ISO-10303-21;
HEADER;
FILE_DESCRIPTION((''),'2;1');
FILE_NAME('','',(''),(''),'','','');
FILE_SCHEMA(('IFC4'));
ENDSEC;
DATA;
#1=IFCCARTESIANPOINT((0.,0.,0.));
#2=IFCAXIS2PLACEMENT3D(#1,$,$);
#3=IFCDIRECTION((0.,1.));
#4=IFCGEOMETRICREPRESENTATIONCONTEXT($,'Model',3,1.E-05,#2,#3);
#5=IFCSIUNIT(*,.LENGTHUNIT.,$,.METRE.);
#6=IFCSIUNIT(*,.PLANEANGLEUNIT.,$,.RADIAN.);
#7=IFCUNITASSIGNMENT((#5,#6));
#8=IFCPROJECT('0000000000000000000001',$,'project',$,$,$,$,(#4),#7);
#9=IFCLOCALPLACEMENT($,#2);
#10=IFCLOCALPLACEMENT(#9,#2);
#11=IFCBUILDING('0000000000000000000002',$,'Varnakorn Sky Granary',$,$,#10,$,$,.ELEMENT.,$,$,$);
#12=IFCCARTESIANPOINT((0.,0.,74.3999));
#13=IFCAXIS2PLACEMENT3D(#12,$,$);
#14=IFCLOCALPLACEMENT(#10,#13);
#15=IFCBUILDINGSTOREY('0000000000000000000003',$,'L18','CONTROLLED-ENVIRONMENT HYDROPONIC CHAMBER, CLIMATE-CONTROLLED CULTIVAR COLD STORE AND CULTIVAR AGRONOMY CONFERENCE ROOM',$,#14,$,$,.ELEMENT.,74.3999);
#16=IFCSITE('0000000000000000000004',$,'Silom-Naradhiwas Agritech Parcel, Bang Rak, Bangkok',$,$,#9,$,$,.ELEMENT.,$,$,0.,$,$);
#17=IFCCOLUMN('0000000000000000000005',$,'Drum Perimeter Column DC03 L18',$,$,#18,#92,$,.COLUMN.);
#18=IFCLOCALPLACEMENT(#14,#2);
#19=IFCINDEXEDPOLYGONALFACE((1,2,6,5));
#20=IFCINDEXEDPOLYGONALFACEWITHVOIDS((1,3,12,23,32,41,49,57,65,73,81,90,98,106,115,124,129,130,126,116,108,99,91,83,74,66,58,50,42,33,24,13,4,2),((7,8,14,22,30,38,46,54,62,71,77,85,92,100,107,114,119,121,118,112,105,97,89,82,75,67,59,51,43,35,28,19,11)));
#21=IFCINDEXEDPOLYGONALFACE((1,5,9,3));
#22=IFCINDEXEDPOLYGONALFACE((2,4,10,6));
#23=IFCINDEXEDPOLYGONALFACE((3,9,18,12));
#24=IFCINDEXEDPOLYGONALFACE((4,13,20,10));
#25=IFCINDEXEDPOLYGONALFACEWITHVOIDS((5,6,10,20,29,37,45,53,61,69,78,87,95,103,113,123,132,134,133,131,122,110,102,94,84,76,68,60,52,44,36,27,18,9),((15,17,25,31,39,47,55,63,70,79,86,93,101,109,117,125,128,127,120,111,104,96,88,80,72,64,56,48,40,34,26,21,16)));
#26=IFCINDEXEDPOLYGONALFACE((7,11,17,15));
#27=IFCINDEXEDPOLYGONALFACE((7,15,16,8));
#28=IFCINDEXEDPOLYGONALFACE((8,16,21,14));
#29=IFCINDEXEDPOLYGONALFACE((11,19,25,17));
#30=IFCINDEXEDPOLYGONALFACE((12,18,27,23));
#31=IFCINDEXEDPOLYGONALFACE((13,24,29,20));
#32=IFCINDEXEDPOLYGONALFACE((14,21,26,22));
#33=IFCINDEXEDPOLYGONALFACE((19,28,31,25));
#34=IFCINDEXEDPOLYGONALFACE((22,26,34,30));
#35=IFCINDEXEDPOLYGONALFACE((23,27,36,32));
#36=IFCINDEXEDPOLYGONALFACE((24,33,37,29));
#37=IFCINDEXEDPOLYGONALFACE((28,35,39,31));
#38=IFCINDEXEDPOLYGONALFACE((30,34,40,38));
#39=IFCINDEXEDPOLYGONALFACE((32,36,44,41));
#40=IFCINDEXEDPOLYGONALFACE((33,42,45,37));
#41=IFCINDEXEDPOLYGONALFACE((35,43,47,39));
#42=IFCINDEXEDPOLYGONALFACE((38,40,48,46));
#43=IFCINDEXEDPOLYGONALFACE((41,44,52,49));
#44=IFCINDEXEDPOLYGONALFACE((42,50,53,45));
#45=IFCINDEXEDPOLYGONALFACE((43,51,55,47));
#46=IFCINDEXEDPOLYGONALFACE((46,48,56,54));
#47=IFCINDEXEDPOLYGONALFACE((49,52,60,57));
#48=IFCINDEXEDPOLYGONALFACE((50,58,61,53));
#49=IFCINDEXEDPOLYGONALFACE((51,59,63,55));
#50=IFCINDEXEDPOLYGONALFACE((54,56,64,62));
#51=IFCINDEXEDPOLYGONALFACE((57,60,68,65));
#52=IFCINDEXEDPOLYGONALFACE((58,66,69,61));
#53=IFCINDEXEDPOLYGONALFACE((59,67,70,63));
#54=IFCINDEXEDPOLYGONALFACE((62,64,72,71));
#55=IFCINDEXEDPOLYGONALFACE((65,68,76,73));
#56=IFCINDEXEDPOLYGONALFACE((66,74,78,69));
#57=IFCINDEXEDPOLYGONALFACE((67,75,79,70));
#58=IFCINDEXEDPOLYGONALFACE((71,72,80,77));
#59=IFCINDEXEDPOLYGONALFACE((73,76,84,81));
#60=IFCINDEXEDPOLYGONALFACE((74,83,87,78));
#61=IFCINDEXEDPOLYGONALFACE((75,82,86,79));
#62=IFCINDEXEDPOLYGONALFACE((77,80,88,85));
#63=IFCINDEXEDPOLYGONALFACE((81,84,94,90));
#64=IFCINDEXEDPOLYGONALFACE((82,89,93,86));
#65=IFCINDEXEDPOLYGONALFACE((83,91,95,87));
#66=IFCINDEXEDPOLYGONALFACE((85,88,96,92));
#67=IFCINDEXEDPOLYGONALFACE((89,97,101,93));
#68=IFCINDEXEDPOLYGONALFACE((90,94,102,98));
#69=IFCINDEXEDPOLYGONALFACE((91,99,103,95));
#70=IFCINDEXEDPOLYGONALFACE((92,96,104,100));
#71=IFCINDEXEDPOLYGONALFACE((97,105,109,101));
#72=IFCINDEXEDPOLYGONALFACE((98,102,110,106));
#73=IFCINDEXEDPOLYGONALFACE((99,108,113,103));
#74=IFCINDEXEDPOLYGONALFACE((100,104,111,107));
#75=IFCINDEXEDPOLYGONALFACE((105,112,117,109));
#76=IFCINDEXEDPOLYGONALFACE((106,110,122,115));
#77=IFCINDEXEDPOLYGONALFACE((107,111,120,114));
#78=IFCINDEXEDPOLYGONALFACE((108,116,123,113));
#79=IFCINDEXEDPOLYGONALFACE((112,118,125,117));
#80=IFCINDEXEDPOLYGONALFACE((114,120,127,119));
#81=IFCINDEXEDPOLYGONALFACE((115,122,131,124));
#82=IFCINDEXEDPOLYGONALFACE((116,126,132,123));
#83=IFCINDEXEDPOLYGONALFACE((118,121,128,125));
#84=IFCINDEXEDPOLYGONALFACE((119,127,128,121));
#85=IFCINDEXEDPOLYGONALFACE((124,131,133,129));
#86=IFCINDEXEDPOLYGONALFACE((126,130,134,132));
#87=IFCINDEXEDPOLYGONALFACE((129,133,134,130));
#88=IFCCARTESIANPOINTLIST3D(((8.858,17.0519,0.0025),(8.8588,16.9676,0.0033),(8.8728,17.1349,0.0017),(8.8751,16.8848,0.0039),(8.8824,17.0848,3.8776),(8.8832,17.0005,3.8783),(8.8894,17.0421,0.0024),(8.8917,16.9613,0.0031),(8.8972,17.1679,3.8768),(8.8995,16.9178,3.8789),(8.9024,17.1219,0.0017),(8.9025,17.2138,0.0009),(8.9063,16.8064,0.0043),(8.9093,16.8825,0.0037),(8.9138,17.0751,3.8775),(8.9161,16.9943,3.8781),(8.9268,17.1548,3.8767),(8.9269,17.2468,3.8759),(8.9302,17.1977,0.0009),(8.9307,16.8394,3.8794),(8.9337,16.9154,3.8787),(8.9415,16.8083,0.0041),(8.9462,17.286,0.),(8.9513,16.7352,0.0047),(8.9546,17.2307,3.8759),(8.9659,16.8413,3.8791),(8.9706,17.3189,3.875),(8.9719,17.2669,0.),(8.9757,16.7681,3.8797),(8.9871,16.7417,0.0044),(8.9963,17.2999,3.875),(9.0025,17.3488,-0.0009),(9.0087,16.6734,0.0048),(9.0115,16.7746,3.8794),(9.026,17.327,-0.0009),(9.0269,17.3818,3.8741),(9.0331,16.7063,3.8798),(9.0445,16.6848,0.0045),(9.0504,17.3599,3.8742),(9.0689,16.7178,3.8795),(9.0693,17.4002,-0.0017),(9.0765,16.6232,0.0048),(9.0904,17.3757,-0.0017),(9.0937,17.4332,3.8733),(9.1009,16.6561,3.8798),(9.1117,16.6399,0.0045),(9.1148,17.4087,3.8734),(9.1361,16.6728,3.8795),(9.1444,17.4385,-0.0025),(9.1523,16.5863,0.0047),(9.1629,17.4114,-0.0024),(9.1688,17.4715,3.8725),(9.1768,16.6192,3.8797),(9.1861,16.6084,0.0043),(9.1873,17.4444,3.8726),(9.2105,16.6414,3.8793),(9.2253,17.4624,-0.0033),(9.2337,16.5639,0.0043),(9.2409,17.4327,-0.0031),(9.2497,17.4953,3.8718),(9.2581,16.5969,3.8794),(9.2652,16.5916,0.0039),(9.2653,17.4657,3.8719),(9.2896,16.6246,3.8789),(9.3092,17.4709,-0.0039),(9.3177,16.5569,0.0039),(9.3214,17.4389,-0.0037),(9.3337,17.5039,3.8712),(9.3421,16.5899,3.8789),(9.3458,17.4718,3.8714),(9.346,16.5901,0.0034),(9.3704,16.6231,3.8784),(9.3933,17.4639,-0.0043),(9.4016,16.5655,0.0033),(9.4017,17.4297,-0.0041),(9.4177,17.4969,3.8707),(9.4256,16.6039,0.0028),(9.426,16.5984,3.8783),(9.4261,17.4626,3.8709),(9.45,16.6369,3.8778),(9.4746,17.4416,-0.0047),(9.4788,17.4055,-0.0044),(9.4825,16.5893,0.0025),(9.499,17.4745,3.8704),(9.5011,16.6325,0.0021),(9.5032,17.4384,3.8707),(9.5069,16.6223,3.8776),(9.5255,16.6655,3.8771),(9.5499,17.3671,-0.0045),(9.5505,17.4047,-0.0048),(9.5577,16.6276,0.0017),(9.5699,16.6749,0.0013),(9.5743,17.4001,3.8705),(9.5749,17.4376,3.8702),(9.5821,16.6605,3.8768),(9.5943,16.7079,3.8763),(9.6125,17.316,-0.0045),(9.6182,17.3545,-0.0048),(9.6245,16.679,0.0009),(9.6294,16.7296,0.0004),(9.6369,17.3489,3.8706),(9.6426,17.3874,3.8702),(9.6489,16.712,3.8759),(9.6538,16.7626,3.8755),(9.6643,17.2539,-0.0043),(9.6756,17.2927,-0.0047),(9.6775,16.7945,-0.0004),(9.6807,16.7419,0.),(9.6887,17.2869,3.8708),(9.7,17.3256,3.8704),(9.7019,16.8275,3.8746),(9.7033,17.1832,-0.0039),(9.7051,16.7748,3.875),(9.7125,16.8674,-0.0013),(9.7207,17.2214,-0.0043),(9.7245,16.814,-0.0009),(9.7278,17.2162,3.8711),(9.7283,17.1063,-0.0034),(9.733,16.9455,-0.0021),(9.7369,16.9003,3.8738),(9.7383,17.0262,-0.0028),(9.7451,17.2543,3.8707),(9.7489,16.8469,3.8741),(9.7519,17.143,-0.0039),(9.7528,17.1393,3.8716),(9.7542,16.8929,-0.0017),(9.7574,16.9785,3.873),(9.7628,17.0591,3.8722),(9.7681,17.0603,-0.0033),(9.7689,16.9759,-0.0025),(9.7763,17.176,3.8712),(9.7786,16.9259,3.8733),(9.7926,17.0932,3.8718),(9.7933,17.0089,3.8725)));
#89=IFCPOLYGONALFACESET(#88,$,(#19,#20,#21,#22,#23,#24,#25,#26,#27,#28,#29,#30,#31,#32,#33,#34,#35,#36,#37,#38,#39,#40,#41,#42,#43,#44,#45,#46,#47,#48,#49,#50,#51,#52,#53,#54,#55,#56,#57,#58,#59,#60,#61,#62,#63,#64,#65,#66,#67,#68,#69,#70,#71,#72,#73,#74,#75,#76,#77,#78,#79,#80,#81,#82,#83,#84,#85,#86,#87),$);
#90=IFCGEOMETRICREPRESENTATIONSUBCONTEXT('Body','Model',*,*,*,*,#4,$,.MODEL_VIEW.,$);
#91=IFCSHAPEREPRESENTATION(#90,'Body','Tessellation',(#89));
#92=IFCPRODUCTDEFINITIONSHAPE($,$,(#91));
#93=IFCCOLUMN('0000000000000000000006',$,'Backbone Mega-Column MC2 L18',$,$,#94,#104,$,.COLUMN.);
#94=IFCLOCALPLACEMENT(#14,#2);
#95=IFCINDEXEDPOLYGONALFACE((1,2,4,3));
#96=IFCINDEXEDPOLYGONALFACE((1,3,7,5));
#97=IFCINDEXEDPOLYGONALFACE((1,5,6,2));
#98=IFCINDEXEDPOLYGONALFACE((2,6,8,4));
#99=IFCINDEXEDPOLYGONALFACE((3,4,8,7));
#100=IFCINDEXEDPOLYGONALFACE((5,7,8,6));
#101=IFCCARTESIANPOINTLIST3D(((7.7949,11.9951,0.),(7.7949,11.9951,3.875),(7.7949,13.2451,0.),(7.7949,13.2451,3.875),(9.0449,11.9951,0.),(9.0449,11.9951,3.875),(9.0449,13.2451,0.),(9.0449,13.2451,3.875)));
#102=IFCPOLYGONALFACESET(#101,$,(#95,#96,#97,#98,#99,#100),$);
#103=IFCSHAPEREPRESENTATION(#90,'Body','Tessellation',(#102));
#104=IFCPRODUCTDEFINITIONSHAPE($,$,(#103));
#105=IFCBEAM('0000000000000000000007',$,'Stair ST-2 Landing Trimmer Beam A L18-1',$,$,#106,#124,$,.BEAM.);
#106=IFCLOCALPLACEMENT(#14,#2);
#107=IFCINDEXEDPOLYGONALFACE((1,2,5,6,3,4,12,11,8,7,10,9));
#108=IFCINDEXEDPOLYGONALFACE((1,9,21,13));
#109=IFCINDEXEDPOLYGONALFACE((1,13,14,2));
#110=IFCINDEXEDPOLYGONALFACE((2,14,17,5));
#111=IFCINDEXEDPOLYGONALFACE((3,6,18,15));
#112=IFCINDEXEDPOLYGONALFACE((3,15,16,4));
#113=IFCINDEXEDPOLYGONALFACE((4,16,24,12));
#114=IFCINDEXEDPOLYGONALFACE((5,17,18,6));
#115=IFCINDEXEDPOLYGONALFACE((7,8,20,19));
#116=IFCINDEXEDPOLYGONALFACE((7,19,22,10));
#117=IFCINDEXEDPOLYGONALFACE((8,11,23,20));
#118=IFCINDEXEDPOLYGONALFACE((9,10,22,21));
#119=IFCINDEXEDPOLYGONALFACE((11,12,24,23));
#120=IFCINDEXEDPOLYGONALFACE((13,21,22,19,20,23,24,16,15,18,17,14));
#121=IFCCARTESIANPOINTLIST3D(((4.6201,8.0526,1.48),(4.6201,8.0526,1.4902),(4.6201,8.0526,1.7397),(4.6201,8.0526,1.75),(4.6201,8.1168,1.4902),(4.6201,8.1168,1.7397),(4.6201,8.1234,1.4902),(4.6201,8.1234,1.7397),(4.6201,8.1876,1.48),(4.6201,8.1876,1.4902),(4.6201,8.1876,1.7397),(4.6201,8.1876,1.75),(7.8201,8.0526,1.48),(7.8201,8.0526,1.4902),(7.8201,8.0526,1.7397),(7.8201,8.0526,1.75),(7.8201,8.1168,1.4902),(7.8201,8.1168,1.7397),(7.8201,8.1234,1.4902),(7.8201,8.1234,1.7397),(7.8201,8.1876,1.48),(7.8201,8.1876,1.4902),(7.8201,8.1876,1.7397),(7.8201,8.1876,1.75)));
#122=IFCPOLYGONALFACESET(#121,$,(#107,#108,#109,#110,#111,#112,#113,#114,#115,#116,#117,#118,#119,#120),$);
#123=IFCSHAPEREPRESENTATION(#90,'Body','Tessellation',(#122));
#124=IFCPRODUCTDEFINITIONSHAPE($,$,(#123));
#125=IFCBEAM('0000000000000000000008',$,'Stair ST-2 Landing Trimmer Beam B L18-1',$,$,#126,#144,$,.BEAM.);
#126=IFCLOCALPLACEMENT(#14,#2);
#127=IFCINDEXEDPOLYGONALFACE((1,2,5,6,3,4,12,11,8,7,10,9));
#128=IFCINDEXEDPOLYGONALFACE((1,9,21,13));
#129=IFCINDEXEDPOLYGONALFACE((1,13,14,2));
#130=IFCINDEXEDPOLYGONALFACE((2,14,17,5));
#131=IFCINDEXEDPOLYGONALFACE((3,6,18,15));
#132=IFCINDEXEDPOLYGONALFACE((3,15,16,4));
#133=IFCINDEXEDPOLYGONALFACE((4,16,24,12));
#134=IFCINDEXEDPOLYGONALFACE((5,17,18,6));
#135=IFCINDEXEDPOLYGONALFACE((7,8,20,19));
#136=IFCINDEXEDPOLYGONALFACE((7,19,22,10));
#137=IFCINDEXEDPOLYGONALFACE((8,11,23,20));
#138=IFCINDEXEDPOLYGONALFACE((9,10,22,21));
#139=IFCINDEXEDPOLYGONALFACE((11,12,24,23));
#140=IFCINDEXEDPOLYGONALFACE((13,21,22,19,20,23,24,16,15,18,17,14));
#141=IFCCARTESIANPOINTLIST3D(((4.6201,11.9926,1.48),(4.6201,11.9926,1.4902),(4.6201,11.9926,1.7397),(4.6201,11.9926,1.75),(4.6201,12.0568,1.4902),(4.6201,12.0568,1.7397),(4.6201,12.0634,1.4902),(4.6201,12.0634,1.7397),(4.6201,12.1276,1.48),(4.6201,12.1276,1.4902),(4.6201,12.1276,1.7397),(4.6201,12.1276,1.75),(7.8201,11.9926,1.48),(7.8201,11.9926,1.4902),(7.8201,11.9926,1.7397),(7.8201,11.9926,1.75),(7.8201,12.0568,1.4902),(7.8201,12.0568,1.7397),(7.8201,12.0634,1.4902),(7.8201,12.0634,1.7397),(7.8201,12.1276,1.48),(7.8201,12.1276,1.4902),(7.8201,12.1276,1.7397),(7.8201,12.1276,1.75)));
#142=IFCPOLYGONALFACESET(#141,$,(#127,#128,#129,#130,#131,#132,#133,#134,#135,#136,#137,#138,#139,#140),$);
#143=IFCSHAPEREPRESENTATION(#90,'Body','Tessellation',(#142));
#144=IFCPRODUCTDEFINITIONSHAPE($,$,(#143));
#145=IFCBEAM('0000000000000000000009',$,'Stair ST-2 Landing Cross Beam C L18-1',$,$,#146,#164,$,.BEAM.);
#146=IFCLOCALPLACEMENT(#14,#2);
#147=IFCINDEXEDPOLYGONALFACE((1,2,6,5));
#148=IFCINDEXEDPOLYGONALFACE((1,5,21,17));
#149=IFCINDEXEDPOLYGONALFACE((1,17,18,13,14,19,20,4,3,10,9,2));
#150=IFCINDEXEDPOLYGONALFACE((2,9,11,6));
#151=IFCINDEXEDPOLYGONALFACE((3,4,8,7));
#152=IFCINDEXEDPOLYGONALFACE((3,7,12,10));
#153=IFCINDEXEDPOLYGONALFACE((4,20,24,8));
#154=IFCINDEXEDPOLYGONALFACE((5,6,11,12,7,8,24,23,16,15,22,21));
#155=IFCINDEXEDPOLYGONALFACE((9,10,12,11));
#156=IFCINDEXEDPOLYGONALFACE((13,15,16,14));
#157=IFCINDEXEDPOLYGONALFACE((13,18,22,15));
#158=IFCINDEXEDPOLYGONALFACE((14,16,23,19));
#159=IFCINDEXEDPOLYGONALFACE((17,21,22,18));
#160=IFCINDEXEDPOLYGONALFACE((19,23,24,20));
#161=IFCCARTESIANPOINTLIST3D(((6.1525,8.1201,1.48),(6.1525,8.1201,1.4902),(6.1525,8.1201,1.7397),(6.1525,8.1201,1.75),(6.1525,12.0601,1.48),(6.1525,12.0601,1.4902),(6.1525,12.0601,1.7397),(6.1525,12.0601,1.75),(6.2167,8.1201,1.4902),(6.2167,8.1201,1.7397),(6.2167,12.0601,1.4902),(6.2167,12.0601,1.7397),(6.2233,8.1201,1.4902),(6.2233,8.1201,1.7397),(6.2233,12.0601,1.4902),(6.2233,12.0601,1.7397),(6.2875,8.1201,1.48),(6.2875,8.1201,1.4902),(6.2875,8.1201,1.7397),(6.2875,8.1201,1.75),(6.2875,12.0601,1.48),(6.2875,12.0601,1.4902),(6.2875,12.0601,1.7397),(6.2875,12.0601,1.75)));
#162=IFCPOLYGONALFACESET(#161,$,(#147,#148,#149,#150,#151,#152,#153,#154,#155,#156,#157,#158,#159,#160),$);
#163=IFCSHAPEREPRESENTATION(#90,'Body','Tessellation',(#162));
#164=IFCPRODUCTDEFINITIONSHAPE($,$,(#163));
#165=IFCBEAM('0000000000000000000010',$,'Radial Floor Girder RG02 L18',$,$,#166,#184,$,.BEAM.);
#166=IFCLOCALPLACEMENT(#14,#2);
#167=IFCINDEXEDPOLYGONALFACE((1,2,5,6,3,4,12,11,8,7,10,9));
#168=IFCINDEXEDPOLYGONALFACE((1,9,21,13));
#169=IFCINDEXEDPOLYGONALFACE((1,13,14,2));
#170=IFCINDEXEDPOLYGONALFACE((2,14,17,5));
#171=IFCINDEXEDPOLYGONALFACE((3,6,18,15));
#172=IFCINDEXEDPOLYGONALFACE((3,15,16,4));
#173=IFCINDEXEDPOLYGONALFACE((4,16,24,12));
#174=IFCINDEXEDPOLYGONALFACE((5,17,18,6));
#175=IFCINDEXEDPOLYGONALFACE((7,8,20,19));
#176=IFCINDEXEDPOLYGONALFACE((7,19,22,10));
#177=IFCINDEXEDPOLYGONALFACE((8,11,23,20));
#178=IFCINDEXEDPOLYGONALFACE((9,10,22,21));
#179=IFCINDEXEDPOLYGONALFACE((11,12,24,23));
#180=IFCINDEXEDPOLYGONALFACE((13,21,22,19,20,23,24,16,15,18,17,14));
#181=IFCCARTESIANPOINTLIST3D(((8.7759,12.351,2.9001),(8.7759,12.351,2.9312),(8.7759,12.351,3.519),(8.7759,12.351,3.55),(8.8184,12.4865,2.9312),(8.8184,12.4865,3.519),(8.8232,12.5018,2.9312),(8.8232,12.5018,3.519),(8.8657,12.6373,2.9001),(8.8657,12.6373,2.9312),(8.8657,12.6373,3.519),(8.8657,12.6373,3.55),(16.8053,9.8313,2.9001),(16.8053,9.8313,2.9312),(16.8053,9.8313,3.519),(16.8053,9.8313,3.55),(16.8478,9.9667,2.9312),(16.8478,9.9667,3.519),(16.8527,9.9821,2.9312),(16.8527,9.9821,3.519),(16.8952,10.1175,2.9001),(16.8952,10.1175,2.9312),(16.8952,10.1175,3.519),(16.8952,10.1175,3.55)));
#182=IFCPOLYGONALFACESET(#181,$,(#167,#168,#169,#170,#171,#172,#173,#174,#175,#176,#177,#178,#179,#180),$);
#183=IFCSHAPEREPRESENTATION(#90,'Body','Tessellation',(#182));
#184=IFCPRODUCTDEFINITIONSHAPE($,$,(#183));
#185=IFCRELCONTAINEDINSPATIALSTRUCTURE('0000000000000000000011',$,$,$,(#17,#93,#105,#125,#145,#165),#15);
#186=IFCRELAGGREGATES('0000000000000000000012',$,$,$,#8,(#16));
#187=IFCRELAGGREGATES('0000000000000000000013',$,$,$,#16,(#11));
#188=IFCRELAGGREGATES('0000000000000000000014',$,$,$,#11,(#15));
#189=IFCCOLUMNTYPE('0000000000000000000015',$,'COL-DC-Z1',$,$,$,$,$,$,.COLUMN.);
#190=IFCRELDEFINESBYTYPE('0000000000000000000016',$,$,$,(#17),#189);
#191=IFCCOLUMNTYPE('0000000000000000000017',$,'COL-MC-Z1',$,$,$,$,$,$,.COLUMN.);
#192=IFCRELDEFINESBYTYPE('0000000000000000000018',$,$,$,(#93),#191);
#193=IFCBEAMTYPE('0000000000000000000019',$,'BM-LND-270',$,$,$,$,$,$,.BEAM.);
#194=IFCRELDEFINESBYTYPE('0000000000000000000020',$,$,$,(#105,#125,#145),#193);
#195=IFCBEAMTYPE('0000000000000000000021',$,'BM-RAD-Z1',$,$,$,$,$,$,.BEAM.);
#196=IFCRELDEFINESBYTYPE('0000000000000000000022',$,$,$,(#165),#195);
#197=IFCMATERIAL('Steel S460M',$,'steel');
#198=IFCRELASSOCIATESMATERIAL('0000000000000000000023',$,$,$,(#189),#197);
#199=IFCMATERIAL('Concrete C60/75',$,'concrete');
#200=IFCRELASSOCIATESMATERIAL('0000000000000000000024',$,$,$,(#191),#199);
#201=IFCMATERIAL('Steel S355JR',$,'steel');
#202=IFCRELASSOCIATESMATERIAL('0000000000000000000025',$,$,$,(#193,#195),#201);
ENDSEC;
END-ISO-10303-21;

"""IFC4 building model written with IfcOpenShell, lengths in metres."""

from ifc_helpers import new_model, si_unit, direction, frame, origin, origin_2d, place, context, subcontext, project, spatial, rectangle, hollow_circle, i_section, extrude, material, material_profile, profile_set, type_object, element, save


model = new_model("IFC4")

# Units and contexts
model_context = context("Model", 3, precision=1e-05, world=origin(), true_north=direction((0.0, 1.0)))
body_context = subcontext(model_context, "Body", "Model", "MODEL_VIEW")
ifc_project = project(units=[si_unit("LENGTHUNIT", "METRE"), si_unit("PLANEANGLEUNIT", "RADIAN")], contexts=[model_context])

# Site, building, storey
site_placement = place(None, origin())
site = spatial("IfcSite", under=ifc_project, at=site_placement, Name="Silom-Naradhiwas Agritech Parcel, Bang Rak, Bangkok", CompositionType="ELEMENT", RefElevation=0.0)
building_placement = place(site_placement, origin())
building = spatial("IfcBuilding", under=site, at=building_placement, Name="Varnakorn Sky Granary", CompositionType="ELEMENT")
storey_placement = place(building_placement, frame((0.0, 0.0, 74.3999)))
storey = spatial("IfcBuildingStorey", under=building, at=storey_placement, Name="L18", Description="CONTROLLED-ENVIRONMENT HYDROPONIC CHAMBER, CLIMATE-CONTROLLED CULTIVAR COLD STORE AND CULTIVAR AGRONOMY CONFERENCE ROOM", CompositionType="ELEMENT", Elevation=74.3999)

# Columns
ifc_material_1 = material(Name="Steel S460M", Category="steel")
ifc_material_profile_1 = material_profile(ifc_material_1, hollow_circle(Radius=0.457, WallThickness=0.032, at=origin_2d()), Name="CHS 914x32")
ifc_profile_set_1 = profile_set([ifc_material_profile_1], Name="Steel S460M")
column_type_1 = type_object("IfcColumnType", Name="COL-DC-Z1", PredefinedType="COLUMN", material=ifc_profile_set_1)
column_1_placement = place(storey_placement, frame((9.3135, 17.0139, 0.0), z_axis=(0.0063, 0.008505, 0.999944), x_axis=(-0.803557, 0.595228, 0.0)))
element("IfcColumn", 1, at=column_1_placement, inside=storey, type_object=column_type_1, Name="Drum Perimeter Column DC03 L18", PredefinedType="COLUMN", context=body_context, shape_type="SweptSolid", body=[
    extrude(hollow_circle(Radius=0.457, WallThickness=0.032, at=origin_2d()), origin(), (0.0, 0.0, 1.0), 3.8752),
])
ifc_material_2 = material(Name="Concrete C60/75", Category="concrete")
ifc_material_profile_2 = material_profile(ifc_material_2, rectangle(XDim=1.25, YDim=1.25, at=origin_2d()), Name="RC 1250x1250")
ifc_profile_set_2 = profile_set([ifc_material_profile_2], Name="Concrete C60/75")
column_type_2 = type_object("IfcColumnType", Name="COL-MC-Z1", PredefinedType="COLUMN", material=ifc_profile_set_2)
column_2_placement = place(storey_placement, frame((8.4199, 12.6201, 0.0), z_axis=(0.0, 0.0, 1.0), x_axis=(1.0, 0.0, 0.0)))
element("IfcColumn", 2, at=column_2_placement, inside=storey, type_object=column_type_2, Name="Backbone Mega-Column MC2 L18", PredefinedType="COLUMN", context=body_context, shape_type="SweptSolid", body=[
    extrude(rectangle(XDim=1.25, YDim=1.25, at=origin_2d()), origin(), (0.0, 0.0, 1.0), 3.875),
])

# Beams
ifc_material_3 = material(Name="Steel S355JR", Category="steel")
ifc_material_profile_3 = material_profile(ifc_material_3, i_section(OverallWidth=0.135, OverallDepth=0.27, WebThickness=0.0066, FlangeThickness=0.0103, at=origin_2d()), Name="IPE 270")
ifc_profile_set_3 = profile_set([ifc_material_profile_3], Name="Steel S355JR")
beam_type_1 = type_object("IfcBeamType", Name="BM-LND-270", PredefinedType="BEAM", material=ifc_profile_set_3)
for number, where, z_axis, x_axis, name in (
    (3, (4.6201, 8.1201, 1.615), (1.0, 0.0, 0.0), (0.0, 1.0, 0.0), "Stair ST-2 Landing Trimmer Beam A L18-1"),
    (4, (4.6201, 12.0601, 1.615), (1.0, 0.0, 0.0), (0.0, 1.0, 0.0), "Stair ST-2 Landing Trimmer Beam B L18-1"),
):
    element("IfcBeam", number, at=place(storey_placement, frame(where, z_axis=z_axis, x_axis=x_axis)), inside=storey, type_object=beam_type_1, Name=name, PredefinedType="BEAM", context=body_context, shape_type="SweptSolid", body=[
        extrude(i_section(OverallWidth=0.135, OverallDepth=0.27, WebThickness=0.0066, FlangeThickness=0.0103, at=origin_2d()), origin(), (0.0, 0.0, 1.0), 3.2),
    ])
beam_1_placement = place(storey_placement, frame((6.22, 8.1201, 1.615), z_axis=(0.0, 1.0, 0.0), x_axis=(-1.0, 0.0, 0.0)))
element("IfcBeam", 5, at=beam_1_placement, inside=storey, type_object=beam_type_1, Name="Stair ST-2 Landing Cross Beam C L18-1", PredefinedType="BEAM", context=body_context, shape_type="SweptSolid", body=[
    extrude(i_section(OverallWidth=0.135, OverallDepth=0.27, WebThickness=0.0066, FlangeThickness=0.0103, at=origin_2d()), origin(), (0.0, 0.0, 1.0), 3.9399),
])
ifc_material_profile_4 = material_profile(ifc_material_3, i_section(OverallWidth=0.3, OverallDepth=0.6499, WebThickness=0.0161, FlangeThickness=0.031, at=origin_2d()), Name="HE 650 B")
ifc_profile_set_4 = profile_set([ifc_material_profile_4], Name="Steel S355JR")
beam_type_2 = type_object("IfcBeamType", Name="BM-RAD-Z1", PredefinedType="BEAM", material=ifc_profile_set_4)
beam_2_placement = place(storey_placement, frame((8.8208, 12.4941, 3.2251), z_axis=(0.954123, -0.299416, 0.0), x_axis=(0.299416, 0.954123, 0.0)))
element("IfcBeam", 6, at=beam_2_placement, inside=storey, type_object=beam_type_2, Name="Radial Floor Girder RG02 L18", PredefinedType="BEAM", context=body_context, shape_type="SweptSolid", body=[
    extrude(i_section(OverallWidth=0.3, OverallDepth=0.6499, WebThickness=0.0161, FlangeThickness=0.031, at=origin_2d()), origin(), (0.0, 0.0, 1.0), 8.4155),
])

save(model, "model.ifc")
